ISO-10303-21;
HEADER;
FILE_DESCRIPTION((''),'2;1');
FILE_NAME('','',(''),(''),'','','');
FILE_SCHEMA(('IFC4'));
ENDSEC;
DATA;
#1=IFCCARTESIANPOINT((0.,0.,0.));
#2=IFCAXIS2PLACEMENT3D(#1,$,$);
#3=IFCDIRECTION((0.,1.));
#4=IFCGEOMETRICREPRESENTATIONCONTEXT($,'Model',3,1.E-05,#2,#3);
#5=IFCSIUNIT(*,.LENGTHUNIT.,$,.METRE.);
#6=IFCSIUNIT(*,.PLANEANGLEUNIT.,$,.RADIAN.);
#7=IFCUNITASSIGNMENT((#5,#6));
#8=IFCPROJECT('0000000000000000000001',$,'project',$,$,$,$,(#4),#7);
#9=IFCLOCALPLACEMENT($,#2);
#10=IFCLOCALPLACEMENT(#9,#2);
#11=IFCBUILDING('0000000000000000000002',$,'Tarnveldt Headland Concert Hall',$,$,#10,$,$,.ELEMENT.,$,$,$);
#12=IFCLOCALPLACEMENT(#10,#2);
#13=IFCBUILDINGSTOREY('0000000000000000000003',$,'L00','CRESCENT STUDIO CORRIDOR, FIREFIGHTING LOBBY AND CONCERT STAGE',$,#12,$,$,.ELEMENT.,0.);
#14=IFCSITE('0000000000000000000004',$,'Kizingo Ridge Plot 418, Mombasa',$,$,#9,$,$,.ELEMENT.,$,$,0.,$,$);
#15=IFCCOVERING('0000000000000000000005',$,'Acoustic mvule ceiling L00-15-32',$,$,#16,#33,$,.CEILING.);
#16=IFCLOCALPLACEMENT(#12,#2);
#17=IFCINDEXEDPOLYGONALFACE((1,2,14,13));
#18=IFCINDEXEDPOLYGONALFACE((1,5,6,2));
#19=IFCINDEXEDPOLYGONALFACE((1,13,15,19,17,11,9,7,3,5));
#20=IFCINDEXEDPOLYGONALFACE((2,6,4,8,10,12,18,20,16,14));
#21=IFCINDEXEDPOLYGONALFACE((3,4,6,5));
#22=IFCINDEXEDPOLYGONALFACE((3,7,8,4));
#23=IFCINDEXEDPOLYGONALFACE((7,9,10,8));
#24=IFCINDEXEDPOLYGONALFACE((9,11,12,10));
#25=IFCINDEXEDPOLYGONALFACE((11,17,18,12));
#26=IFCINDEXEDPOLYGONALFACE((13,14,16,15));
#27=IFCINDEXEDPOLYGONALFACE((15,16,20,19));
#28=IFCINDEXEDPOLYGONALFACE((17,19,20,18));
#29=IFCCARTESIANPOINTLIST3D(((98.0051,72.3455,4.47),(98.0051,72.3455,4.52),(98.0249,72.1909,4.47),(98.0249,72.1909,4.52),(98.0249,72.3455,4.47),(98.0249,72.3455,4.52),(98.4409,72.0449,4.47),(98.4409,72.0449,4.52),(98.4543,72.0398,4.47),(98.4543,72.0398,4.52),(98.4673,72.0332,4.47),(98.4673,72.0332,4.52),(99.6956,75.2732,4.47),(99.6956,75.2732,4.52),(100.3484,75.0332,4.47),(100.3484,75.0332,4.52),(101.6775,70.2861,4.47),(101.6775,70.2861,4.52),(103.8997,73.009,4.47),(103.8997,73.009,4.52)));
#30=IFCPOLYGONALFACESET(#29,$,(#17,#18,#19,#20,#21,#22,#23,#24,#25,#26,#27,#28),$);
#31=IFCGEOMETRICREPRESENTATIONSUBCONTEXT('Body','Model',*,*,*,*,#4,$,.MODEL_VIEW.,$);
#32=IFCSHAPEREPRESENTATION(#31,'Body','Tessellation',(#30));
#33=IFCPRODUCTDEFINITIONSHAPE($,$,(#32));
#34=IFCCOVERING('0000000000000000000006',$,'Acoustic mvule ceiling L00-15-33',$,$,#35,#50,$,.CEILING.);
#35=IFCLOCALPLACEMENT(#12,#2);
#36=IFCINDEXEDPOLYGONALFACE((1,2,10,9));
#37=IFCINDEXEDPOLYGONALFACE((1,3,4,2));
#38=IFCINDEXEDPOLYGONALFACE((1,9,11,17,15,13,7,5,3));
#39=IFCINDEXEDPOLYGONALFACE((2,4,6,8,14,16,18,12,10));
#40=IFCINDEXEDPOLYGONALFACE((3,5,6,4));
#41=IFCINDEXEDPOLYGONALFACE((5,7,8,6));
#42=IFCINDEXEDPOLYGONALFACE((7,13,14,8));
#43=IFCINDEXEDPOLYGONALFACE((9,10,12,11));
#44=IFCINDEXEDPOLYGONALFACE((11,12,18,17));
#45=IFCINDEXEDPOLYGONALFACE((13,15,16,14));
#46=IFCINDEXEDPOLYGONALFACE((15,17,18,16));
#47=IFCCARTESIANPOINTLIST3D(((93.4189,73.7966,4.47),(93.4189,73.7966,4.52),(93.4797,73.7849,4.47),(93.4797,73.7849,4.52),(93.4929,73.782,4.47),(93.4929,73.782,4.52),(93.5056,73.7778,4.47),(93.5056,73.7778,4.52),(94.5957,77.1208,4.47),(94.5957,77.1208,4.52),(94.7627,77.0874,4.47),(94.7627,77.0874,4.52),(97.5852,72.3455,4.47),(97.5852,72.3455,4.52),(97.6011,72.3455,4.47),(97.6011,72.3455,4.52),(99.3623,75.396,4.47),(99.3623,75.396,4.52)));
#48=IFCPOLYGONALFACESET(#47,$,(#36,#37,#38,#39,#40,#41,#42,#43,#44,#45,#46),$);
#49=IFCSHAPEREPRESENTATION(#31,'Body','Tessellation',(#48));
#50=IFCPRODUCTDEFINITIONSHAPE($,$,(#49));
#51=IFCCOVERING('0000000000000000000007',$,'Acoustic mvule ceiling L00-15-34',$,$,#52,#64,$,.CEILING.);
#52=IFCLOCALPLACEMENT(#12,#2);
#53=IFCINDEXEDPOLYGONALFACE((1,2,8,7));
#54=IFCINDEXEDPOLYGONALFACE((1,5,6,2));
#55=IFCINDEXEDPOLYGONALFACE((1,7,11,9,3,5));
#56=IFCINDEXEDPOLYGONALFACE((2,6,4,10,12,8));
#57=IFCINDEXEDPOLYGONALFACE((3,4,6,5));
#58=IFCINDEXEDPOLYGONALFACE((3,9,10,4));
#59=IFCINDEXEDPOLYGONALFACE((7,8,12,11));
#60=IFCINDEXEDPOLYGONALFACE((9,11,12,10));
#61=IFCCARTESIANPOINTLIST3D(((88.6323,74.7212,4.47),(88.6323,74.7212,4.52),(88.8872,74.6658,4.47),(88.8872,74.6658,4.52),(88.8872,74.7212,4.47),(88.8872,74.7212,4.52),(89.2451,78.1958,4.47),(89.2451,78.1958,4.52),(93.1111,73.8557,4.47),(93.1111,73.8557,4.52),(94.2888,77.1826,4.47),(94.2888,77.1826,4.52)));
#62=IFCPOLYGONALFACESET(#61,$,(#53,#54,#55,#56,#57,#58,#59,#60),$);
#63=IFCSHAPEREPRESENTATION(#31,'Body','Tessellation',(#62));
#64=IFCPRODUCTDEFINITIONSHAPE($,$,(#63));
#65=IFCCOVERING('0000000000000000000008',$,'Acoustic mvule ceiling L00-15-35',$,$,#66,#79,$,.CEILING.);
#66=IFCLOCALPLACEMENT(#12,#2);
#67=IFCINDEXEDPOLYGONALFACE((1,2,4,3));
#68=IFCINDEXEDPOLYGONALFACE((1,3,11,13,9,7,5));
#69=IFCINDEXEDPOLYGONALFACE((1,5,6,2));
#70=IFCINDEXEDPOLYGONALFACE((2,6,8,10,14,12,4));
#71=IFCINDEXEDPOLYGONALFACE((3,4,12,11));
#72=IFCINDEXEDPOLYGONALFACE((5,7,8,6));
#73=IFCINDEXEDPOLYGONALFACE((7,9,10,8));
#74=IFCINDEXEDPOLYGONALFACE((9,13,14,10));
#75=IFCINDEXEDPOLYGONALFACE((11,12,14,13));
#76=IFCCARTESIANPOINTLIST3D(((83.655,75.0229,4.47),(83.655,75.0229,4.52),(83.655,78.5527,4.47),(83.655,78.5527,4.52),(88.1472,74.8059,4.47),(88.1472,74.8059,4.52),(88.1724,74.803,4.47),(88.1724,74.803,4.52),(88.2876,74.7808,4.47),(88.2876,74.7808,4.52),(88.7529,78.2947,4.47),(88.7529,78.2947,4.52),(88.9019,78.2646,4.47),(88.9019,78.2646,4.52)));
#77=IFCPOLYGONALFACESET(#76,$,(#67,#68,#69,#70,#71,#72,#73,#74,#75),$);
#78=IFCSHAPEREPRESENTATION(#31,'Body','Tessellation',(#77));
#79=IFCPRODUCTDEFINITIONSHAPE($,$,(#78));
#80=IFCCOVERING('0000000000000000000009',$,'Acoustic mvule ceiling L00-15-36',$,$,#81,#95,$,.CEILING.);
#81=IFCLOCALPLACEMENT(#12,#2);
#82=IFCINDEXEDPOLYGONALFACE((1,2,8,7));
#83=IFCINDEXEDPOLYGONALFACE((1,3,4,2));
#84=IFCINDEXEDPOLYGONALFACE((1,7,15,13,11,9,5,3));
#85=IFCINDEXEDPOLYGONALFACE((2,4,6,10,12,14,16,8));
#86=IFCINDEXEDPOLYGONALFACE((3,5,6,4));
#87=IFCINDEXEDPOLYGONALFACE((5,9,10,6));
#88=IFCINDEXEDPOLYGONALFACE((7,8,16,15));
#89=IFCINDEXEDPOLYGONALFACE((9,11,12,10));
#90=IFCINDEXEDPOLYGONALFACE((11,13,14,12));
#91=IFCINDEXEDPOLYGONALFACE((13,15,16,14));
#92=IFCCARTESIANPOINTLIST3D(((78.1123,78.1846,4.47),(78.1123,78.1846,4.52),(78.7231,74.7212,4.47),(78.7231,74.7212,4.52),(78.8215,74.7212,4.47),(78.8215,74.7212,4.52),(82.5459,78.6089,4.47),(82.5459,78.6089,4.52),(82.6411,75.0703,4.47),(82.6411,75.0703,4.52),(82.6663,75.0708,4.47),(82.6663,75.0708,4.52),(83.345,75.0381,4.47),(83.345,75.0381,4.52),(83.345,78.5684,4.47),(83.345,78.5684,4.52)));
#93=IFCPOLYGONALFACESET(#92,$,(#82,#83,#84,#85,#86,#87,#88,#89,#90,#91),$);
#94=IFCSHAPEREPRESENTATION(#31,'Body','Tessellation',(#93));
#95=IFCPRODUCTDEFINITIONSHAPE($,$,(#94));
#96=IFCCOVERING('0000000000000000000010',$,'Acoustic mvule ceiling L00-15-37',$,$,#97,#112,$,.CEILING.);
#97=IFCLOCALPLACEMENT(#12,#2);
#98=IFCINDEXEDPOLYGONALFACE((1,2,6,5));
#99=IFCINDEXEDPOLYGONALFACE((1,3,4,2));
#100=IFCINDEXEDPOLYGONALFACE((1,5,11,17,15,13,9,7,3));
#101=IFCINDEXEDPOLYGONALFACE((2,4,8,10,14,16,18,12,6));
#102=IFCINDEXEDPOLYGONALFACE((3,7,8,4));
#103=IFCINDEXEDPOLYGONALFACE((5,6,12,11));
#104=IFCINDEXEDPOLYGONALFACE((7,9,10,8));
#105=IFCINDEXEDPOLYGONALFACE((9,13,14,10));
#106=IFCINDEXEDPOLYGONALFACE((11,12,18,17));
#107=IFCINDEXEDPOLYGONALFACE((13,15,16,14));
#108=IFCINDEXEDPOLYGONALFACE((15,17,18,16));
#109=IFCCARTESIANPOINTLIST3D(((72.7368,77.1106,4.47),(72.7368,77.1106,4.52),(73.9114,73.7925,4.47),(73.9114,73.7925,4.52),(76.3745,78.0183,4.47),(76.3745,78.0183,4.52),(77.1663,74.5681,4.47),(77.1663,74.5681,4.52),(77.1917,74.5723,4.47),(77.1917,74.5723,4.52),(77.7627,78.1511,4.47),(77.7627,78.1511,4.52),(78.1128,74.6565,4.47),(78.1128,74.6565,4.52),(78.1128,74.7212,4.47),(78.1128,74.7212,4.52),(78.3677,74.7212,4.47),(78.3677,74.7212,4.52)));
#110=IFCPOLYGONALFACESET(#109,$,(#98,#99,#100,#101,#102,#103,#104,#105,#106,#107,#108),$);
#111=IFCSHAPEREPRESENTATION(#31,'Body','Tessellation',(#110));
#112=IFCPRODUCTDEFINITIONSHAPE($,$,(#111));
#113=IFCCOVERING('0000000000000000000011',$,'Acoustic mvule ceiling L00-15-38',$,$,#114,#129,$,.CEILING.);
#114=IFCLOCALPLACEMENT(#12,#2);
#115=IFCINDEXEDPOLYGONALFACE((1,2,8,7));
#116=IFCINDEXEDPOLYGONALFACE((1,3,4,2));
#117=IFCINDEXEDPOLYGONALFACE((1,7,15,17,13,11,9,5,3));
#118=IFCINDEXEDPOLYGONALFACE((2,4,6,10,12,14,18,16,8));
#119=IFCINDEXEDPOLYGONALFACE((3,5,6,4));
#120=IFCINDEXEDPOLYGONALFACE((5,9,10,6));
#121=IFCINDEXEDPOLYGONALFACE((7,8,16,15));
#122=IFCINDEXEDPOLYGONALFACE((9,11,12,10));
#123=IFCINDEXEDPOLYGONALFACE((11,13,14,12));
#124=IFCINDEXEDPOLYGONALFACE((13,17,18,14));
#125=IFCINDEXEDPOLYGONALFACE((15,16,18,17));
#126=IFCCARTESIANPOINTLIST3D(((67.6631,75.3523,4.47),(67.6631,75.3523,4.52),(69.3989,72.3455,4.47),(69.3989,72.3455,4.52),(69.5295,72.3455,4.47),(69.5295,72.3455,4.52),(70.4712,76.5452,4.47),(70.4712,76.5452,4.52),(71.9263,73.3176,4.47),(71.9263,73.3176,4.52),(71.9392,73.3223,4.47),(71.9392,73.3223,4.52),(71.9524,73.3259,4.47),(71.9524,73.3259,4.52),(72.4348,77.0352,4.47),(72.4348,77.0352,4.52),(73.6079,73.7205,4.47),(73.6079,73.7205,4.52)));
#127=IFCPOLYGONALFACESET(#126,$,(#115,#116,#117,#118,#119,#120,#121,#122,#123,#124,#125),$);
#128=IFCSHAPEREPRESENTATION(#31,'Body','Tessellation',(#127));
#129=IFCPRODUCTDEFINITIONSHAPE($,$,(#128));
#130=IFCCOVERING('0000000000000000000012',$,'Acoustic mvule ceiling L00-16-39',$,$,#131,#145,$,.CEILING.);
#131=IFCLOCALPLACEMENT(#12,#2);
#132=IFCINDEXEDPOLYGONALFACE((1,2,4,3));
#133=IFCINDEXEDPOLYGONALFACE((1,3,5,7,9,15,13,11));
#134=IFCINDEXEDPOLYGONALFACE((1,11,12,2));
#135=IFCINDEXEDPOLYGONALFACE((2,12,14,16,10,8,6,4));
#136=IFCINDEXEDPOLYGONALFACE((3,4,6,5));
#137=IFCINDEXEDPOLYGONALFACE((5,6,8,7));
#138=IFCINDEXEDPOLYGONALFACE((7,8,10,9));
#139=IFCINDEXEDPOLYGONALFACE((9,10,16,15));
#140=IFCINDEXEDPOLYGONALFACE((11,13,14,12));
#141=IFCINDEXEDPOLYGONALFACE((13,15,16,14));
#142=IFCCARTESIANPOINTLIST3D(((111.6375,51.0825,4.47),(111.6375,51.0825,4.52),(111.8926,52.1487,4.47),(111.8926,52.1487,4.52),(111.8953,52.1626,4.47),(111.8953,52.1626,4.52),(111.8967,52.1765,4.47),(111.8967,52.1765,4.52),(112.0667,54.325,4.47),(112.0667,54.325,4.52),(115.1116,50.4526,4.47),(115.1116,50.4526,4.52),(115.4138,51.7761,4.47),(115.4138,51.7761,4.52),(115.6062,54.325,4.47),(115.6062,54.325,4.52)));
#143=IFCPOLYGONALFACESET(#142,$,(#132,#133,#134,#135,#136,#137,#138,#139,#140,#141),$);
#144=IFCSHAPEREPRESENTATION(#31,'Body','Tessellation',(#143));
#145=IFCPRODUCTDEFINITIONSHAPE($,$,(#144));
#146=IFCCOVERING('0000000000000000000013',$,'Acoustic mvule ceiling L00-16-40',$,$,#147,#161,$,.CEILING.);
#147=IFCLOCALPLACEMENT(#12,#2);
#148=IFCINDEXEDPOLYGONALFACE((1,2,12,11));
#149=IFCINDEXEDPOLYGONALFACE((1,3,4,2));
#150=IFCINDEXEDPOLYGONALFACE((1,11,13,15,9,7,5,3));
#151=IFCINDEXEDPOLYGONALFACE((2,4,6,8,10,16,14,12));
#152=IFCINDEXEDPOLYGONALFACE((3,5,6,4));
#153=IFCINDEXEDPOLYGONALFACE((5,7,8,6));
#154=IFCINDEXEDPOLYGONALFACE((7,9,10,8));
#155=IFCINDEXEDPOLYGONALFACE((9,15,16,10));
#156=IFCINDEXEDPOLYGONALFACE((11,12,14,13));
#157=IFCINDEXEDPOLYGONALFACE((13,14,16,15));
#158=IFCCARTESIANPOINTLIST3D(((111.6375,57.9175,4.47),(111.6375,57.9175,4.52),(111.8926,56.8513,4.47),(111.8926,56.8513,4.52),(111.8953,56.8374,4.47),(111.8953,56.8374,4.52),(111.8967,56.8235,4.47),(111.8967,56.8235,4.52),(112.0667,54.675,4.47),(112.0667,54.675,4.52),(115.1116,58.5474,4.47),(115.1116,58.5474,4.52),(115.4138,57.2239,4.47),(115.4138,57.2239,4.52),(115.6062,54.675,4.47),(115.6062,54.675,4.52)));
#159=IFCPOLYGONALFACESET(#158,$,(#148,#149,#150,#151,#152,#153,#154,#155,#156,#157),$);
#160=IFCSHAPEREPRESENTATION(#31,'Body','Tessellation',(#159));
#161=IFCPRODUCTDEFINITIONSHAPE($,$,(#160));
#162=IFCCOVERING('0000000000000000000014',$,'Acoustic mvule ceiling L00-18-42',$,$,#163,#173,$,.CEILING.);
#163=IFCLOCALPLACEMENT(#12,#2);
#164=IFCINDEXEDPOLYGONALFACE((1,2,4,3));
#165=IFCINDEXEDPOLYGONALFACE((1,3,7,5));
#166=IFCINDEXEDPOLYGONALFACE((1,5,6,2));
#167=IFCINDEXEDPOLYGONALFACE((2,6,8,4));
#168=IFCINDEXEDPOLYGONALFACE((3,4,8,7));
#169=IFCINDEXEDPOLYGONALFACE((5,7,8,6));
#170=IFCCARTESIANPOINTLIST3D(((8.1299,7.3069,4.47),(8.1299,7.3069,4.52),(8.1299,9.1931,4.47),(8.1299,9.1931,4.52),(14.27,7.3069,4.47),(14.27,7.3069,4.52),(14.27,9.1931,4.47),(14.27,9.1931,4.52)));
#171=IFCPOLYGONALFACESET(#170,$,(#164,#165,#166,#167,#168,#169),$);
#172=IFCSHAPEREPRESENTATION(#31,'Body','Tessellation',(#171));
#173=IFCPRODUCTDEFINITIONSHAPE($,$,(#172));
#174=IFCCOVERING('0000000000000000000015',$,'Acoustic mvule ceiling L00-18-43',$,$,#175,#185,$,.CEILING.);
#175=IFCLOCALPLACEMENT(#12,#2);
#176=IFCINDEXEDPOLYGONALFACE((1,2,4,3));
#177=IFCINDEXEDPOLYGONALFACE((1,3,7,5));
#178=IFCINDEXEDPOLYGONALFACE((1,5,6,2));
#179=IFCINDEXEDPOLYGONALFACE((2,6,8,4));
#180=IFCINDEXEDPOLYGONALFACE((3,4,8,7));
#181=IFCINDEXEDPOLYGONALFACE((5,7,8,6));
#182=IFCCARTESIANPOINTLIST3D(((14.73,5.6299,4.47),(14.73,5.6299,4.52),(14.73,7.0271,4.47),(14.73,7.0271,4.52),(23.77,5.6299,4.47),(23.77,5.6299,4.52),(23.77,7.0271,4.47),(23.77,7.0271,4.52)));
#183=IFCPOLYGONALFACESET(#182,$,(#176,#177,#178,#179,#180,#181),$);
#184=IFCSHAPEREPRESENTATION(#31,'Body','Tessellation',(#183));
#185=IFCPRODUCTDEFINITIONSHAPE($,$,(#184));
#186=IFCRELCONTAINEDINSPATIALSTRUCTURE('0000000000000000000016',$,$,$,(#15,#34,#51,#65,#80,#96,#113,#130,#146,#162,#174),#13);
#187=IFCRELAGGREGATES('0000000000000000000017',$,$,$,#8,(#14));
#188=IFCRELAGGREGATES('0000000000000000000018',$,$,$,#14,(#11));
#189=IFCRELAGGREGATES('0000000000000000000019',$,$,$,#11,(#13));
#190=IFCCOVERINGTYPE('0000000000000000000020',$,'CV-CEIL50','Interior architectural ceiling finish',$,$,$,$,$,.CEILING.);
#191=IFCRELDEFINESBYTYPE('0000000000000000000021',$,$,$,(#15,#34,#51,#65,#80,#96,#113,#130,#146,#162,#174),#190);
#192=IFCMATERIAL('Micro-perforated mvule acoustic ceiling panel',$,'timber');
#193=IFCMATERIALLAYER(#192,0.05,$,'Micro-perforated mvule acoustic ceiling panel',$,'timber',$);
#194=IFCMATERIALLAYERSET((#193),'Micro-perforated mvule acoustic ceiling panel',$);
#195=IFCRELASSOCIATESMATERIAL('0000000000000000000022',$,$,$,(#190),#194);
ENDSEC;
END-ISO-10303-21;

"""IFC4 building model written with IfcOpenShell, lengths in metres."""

from ifc_helpers import new_model, si_unit, direction, frame, origin, place, context, subcontext, project, spatial, polyline, outline, extrude, material, layer, layer_set, type_object, element, save


model = new_model("IFC4")

# Units and contexts
model_context = context("Model", 3, precision=1e-05, world=origin(), true_north=direction((0.0, 1.0)))
body_context = subcontext(model_context, "Body", "Model", "MODEL_VIEW")
ifc_project = project(units=[si_unit("LENGTHUNIT", "METRE"), si_unit("PLANEANGLEUNIT", "RADIAN")], contexts=[model_context])

# Site, building, storey
site_placement = place(None, origin())
site = spatial("IfcSite", under=ifc_project, at=site_placement, Name="Kizingo Ridge Plot 418, Mombasa", CompositionType="ELEMENT", RefElevation=0.0)
building_placement = place(site_placement, origin())
building = spatial("IfcBuilding", under=site, at=building_placement, Name="Tarnveldt Headland Concert Hall", CompositionType="ELEMENT")
storey_placement = place(building_placement, origin())
storey = spatial("IfcBuildingStorey", under=building, at=storey_placement, Name="L00", Description="CRESCENT STUDIO CORRIDOR, FIREFIGHTING LOBBY AND CONCERT STAGE", CompositionType="ELEMENT", Elevation=0.0)

# Coverings
ifc_material = material(Name="Micro-perforated mvule acoustic ceiling panel", Category="timber")
ifc_layer = layer(ifc_material, 0.05, Name="Micro-perforated mvule acoustic ceiling panel", Category="timber")
ifc_layer_set = layer_set([ifc_layer], Name="Micro-perforated mvule acoustic ceiling panel")
covering_type = type_object("IfcCoveringType", Name="CV-CEIL50", Description="Interior architectural ceiling finish", PredefinedType="CEILING", material=ifc_layer_set)
covering_1_placement = place(storey_placement, frame((0.0, 0.0, 4.47)))
element("IfcCovering", 1, at=covering_1_placement, inside=storey, type_object=covering_type, Name="Acoustic mvule ceiling L00-15-32", PredefinedType="CEILING", context=body_context, shape_type="SweptSolid", body=[
    extrude(outline(polyline([(103.8997, 73.009), (101.6775, 70.2861), (98.4673, 72.0332), (98.4543, 72.0398), (98.4409, 72.0449), (98.0249, 72.1909), (98.0249, 72.3455), (98.0051, 72.3455), (99.6956, 75.2732), (100.3484, 75.0332), (103.8997, 73.009)])), origin(), (0.0, 0.0, 1.0), 0.05),
])
covering_2_placement = place(storey_placement, frame((0.0, 0.0, 4.47)))
element("IfcCovering", 2, at=covering_2_placement, inside=storey, type_object=covering_type, Name="Acoustic mvule ceiling L00-15-33", PredefinedType="CEILING", context=body_context, shape_type="SweptSolid", body=[
    extrude(outline(polyline([(99.3623, 75.396), (97.6011, 72.3455), (97.5852, 72.3455), (93.5056, 73.7778), (93.4929, 73.782), (93.4797, 73.7849), (93.4189, 73.7966), (94.5957, 77.1208), (94.7627, 77.0874), (99.3623, 75.396)])), origin(), (0.0, 0.0, 1.0), 0.05),
])
covering_3_placement = place(storey_placement, frame((0.0, 0.0, 4.47)))
element("IfcCovering", 3, at=covering_3_placement, inside=storey, type_object=covering_type, Name="Acoustic mvule ceiling L00-15-34", PredefinedType="CEILING", context=body_context, shape_type="SweptSolid", body=[
    extrude(outline(polyline([(88.8872, 74.6658), (88.8872, 74.7212), (88.6323, 74.7212), (89.2451, 78.1958), (94.2888, 77.1826), (93.1111, 73.8557), (88.8872, 74.6658)])), origin(), (0.0, 0.0, 1.0), 0.05),
])
covering_4_placement = place(storey_placement, frame((0.0, 0.0, 4.47)))
element("IfcCovering", 4, at=covering_4_placement, inside=storey, type_object=covering_type, Name="Acoustic mvule ceiling L00-15-35", PredefinedType="CEILING", context=body_context, shape_type="SweptSolid", body=[
    extrude(outline(polyline([(88.9019, 78.2646), (88.2876, 74.7808), (88.1724, 74.803), (88.1472, 74.8059), (83.655, 75.0229), (83.655, 78.5527), (88.7529, 78.2947), (88.9019, 78.2646)])), origin(), (0.0, 0.0, 1.0), 0.05),
])
covering_5_placement = place(storey_placement, frame((0.0, 0.0, 4.47)))
element("IfcCovering", 5, at=covering_5_placement, inside=storey, type_object=covering_type, Name="Acoustic mvule ceiling L00-15-36", PredefinedType="CEILING", context=body_context, shape_type="SweptSolid", body=[
    extrude(outline(polyline([(78.1123, 78.1846), (82.5459, 78.6089), (83.345, 78.5684), (83.345, 75.0381), (82.6663, 75.0708), (82.6411, 75.0703), (78.8215, 74.7212), (78.7231, 74.7212), (78.1123, 78.1846)])), origin(), (0.0, 0.0, 1.0), 0.05),
])
covering_6_placement = place(storey_placement, frame((0.0, 0.0, 4.47)))
element("IfcCovering", 6, at=covering_6_placement, inside=storey, type_object=covering_type, Name="Acoustic mvule ceiling L00-15-37", PredefinedType="CEILING", context=body_context, shape_type="SweptSolid", body=[
    extrude(outline(polyline([(77.1663, 74.5681), (73.9114, 73.7925), (72.7368, 77.1106), (76.3745, 78.0183), (77.7627, 78.1511), (78.3677, 74.7212), (78.1128, 74.7212), (78.1128, 74.6565), (77.1917, 74.5723), (77.1663, 74.5681)])), origin(), (0.0, 0.0, 1.0), 0.05),
])
covering_7_placement = place(storey_placement, frame((0.0, 0.0, 4.47)))
element("IfcCovering", 7, at=covering_7_placement, inside=storey, type_object=covering_type, Name="Acoustic mvule ceiling L00-15-38", PredefinedType="CEILING", context=body_context, shape_type="SweptSolid", body=[
    extrude(outline(polyline([(71.9263, 73.3176), (69.5295, 72.3455), (69.3989, 72.3455), (67.6631, 75.3523), (70.4712, 76.5452), (72.4348, 77.0352), (73.6079, 73.7205), (71.9524, 73.3259), (71.9392, 73.3223), (71.9263, 73.3176)])), origin(), (0.0, 0.0, 1.0), 0.05),
])
covering_8_placement = place(storey_placement, frame((0.0, 0.0, 4.47)))
element("IfcCovering", 8, at=covering_8_placement, inside=storey, type_object=covering_type, Name="Acoustic mvule ceiling L00-16-39", PredefinedType="CEILING", context=body_context, shape_type="SweptSolid", body=[
    extrude(outline(polyline([(111.8967, 52.1765), (112.0667, 54.325), (115.6062, 54.325), (115.4138, 51.7761), (115.1116, 50.4526), (111.6375, 51.0825), (111.8926, 52.1487), (111.8953, 52.1626), (111.8967, 52.1765)])), origin(), (0.0, 0.0, 1.0), 0.05),
])
covering_9_placement = place(storey_placement, frame((0.0, 0.0, 4.47)))
element("IfcCovering", 9, at=covering_9_placement, inside=storey, type_object=covering_type, Name="Acoustic mvule ceiling L00-16-40", PredefinedType="CEILING", context=body_context, shape_type="SweptSolid", body=[
    extrude(outline(polyline([(111.6375, 57.9175), (115.1116, 58.5474), (115.4138, 57.2239), (115.6062, 54.675), (112.0667, 54.675), (111.8967, 56.8235), (111.8953, 56.8374), (111.8926, 56.8513), (111.6375, 57.9175)])), origin(), (0.0, 0.0, 1.0), 0.05),
])
covering_10_placement = place(storey_placement, frame((0.0, 0.0, 4.47)))
element("IfcCovering", 10, at=covering_10_placement, inside=storey, type_object=covering_type, Name="Acoustic mvule ceiling L00-18-42", PredefinedType="CEILING", context=body_context, shape_type="SweptSolid", body=[
    extrude(outline(polyline([(14.27, 7.3069), (8.1299, 7.3069), (8.1299, 9.1931), (14.27, 9.1931), (14.27, 7.3069)])), origin(), (0.0, 0.0, 1.0), 0.05),
])
covering_11_placement = place(storey_placement, frame((0.0, 0.0, 4.47)))
element("IfcCovering", 11, at=covering_11_placement, inside=storey, type_object=covering_type, Name="Acoustic mvule ceiling L00-18-43", PredefinedType="CEILING", context=body_context, shape_type="SweptSolid", body=[
    extrude(outline(polyline([(14.73, 7.0271), (23.77, 7.0271), (23.77, 5.6299), (14.73, 5.6299), (14.73, 7.0271)])), origin(), (0.0, 0.0, 1.0), 0.05),
])

save(model, "model.ifc")
